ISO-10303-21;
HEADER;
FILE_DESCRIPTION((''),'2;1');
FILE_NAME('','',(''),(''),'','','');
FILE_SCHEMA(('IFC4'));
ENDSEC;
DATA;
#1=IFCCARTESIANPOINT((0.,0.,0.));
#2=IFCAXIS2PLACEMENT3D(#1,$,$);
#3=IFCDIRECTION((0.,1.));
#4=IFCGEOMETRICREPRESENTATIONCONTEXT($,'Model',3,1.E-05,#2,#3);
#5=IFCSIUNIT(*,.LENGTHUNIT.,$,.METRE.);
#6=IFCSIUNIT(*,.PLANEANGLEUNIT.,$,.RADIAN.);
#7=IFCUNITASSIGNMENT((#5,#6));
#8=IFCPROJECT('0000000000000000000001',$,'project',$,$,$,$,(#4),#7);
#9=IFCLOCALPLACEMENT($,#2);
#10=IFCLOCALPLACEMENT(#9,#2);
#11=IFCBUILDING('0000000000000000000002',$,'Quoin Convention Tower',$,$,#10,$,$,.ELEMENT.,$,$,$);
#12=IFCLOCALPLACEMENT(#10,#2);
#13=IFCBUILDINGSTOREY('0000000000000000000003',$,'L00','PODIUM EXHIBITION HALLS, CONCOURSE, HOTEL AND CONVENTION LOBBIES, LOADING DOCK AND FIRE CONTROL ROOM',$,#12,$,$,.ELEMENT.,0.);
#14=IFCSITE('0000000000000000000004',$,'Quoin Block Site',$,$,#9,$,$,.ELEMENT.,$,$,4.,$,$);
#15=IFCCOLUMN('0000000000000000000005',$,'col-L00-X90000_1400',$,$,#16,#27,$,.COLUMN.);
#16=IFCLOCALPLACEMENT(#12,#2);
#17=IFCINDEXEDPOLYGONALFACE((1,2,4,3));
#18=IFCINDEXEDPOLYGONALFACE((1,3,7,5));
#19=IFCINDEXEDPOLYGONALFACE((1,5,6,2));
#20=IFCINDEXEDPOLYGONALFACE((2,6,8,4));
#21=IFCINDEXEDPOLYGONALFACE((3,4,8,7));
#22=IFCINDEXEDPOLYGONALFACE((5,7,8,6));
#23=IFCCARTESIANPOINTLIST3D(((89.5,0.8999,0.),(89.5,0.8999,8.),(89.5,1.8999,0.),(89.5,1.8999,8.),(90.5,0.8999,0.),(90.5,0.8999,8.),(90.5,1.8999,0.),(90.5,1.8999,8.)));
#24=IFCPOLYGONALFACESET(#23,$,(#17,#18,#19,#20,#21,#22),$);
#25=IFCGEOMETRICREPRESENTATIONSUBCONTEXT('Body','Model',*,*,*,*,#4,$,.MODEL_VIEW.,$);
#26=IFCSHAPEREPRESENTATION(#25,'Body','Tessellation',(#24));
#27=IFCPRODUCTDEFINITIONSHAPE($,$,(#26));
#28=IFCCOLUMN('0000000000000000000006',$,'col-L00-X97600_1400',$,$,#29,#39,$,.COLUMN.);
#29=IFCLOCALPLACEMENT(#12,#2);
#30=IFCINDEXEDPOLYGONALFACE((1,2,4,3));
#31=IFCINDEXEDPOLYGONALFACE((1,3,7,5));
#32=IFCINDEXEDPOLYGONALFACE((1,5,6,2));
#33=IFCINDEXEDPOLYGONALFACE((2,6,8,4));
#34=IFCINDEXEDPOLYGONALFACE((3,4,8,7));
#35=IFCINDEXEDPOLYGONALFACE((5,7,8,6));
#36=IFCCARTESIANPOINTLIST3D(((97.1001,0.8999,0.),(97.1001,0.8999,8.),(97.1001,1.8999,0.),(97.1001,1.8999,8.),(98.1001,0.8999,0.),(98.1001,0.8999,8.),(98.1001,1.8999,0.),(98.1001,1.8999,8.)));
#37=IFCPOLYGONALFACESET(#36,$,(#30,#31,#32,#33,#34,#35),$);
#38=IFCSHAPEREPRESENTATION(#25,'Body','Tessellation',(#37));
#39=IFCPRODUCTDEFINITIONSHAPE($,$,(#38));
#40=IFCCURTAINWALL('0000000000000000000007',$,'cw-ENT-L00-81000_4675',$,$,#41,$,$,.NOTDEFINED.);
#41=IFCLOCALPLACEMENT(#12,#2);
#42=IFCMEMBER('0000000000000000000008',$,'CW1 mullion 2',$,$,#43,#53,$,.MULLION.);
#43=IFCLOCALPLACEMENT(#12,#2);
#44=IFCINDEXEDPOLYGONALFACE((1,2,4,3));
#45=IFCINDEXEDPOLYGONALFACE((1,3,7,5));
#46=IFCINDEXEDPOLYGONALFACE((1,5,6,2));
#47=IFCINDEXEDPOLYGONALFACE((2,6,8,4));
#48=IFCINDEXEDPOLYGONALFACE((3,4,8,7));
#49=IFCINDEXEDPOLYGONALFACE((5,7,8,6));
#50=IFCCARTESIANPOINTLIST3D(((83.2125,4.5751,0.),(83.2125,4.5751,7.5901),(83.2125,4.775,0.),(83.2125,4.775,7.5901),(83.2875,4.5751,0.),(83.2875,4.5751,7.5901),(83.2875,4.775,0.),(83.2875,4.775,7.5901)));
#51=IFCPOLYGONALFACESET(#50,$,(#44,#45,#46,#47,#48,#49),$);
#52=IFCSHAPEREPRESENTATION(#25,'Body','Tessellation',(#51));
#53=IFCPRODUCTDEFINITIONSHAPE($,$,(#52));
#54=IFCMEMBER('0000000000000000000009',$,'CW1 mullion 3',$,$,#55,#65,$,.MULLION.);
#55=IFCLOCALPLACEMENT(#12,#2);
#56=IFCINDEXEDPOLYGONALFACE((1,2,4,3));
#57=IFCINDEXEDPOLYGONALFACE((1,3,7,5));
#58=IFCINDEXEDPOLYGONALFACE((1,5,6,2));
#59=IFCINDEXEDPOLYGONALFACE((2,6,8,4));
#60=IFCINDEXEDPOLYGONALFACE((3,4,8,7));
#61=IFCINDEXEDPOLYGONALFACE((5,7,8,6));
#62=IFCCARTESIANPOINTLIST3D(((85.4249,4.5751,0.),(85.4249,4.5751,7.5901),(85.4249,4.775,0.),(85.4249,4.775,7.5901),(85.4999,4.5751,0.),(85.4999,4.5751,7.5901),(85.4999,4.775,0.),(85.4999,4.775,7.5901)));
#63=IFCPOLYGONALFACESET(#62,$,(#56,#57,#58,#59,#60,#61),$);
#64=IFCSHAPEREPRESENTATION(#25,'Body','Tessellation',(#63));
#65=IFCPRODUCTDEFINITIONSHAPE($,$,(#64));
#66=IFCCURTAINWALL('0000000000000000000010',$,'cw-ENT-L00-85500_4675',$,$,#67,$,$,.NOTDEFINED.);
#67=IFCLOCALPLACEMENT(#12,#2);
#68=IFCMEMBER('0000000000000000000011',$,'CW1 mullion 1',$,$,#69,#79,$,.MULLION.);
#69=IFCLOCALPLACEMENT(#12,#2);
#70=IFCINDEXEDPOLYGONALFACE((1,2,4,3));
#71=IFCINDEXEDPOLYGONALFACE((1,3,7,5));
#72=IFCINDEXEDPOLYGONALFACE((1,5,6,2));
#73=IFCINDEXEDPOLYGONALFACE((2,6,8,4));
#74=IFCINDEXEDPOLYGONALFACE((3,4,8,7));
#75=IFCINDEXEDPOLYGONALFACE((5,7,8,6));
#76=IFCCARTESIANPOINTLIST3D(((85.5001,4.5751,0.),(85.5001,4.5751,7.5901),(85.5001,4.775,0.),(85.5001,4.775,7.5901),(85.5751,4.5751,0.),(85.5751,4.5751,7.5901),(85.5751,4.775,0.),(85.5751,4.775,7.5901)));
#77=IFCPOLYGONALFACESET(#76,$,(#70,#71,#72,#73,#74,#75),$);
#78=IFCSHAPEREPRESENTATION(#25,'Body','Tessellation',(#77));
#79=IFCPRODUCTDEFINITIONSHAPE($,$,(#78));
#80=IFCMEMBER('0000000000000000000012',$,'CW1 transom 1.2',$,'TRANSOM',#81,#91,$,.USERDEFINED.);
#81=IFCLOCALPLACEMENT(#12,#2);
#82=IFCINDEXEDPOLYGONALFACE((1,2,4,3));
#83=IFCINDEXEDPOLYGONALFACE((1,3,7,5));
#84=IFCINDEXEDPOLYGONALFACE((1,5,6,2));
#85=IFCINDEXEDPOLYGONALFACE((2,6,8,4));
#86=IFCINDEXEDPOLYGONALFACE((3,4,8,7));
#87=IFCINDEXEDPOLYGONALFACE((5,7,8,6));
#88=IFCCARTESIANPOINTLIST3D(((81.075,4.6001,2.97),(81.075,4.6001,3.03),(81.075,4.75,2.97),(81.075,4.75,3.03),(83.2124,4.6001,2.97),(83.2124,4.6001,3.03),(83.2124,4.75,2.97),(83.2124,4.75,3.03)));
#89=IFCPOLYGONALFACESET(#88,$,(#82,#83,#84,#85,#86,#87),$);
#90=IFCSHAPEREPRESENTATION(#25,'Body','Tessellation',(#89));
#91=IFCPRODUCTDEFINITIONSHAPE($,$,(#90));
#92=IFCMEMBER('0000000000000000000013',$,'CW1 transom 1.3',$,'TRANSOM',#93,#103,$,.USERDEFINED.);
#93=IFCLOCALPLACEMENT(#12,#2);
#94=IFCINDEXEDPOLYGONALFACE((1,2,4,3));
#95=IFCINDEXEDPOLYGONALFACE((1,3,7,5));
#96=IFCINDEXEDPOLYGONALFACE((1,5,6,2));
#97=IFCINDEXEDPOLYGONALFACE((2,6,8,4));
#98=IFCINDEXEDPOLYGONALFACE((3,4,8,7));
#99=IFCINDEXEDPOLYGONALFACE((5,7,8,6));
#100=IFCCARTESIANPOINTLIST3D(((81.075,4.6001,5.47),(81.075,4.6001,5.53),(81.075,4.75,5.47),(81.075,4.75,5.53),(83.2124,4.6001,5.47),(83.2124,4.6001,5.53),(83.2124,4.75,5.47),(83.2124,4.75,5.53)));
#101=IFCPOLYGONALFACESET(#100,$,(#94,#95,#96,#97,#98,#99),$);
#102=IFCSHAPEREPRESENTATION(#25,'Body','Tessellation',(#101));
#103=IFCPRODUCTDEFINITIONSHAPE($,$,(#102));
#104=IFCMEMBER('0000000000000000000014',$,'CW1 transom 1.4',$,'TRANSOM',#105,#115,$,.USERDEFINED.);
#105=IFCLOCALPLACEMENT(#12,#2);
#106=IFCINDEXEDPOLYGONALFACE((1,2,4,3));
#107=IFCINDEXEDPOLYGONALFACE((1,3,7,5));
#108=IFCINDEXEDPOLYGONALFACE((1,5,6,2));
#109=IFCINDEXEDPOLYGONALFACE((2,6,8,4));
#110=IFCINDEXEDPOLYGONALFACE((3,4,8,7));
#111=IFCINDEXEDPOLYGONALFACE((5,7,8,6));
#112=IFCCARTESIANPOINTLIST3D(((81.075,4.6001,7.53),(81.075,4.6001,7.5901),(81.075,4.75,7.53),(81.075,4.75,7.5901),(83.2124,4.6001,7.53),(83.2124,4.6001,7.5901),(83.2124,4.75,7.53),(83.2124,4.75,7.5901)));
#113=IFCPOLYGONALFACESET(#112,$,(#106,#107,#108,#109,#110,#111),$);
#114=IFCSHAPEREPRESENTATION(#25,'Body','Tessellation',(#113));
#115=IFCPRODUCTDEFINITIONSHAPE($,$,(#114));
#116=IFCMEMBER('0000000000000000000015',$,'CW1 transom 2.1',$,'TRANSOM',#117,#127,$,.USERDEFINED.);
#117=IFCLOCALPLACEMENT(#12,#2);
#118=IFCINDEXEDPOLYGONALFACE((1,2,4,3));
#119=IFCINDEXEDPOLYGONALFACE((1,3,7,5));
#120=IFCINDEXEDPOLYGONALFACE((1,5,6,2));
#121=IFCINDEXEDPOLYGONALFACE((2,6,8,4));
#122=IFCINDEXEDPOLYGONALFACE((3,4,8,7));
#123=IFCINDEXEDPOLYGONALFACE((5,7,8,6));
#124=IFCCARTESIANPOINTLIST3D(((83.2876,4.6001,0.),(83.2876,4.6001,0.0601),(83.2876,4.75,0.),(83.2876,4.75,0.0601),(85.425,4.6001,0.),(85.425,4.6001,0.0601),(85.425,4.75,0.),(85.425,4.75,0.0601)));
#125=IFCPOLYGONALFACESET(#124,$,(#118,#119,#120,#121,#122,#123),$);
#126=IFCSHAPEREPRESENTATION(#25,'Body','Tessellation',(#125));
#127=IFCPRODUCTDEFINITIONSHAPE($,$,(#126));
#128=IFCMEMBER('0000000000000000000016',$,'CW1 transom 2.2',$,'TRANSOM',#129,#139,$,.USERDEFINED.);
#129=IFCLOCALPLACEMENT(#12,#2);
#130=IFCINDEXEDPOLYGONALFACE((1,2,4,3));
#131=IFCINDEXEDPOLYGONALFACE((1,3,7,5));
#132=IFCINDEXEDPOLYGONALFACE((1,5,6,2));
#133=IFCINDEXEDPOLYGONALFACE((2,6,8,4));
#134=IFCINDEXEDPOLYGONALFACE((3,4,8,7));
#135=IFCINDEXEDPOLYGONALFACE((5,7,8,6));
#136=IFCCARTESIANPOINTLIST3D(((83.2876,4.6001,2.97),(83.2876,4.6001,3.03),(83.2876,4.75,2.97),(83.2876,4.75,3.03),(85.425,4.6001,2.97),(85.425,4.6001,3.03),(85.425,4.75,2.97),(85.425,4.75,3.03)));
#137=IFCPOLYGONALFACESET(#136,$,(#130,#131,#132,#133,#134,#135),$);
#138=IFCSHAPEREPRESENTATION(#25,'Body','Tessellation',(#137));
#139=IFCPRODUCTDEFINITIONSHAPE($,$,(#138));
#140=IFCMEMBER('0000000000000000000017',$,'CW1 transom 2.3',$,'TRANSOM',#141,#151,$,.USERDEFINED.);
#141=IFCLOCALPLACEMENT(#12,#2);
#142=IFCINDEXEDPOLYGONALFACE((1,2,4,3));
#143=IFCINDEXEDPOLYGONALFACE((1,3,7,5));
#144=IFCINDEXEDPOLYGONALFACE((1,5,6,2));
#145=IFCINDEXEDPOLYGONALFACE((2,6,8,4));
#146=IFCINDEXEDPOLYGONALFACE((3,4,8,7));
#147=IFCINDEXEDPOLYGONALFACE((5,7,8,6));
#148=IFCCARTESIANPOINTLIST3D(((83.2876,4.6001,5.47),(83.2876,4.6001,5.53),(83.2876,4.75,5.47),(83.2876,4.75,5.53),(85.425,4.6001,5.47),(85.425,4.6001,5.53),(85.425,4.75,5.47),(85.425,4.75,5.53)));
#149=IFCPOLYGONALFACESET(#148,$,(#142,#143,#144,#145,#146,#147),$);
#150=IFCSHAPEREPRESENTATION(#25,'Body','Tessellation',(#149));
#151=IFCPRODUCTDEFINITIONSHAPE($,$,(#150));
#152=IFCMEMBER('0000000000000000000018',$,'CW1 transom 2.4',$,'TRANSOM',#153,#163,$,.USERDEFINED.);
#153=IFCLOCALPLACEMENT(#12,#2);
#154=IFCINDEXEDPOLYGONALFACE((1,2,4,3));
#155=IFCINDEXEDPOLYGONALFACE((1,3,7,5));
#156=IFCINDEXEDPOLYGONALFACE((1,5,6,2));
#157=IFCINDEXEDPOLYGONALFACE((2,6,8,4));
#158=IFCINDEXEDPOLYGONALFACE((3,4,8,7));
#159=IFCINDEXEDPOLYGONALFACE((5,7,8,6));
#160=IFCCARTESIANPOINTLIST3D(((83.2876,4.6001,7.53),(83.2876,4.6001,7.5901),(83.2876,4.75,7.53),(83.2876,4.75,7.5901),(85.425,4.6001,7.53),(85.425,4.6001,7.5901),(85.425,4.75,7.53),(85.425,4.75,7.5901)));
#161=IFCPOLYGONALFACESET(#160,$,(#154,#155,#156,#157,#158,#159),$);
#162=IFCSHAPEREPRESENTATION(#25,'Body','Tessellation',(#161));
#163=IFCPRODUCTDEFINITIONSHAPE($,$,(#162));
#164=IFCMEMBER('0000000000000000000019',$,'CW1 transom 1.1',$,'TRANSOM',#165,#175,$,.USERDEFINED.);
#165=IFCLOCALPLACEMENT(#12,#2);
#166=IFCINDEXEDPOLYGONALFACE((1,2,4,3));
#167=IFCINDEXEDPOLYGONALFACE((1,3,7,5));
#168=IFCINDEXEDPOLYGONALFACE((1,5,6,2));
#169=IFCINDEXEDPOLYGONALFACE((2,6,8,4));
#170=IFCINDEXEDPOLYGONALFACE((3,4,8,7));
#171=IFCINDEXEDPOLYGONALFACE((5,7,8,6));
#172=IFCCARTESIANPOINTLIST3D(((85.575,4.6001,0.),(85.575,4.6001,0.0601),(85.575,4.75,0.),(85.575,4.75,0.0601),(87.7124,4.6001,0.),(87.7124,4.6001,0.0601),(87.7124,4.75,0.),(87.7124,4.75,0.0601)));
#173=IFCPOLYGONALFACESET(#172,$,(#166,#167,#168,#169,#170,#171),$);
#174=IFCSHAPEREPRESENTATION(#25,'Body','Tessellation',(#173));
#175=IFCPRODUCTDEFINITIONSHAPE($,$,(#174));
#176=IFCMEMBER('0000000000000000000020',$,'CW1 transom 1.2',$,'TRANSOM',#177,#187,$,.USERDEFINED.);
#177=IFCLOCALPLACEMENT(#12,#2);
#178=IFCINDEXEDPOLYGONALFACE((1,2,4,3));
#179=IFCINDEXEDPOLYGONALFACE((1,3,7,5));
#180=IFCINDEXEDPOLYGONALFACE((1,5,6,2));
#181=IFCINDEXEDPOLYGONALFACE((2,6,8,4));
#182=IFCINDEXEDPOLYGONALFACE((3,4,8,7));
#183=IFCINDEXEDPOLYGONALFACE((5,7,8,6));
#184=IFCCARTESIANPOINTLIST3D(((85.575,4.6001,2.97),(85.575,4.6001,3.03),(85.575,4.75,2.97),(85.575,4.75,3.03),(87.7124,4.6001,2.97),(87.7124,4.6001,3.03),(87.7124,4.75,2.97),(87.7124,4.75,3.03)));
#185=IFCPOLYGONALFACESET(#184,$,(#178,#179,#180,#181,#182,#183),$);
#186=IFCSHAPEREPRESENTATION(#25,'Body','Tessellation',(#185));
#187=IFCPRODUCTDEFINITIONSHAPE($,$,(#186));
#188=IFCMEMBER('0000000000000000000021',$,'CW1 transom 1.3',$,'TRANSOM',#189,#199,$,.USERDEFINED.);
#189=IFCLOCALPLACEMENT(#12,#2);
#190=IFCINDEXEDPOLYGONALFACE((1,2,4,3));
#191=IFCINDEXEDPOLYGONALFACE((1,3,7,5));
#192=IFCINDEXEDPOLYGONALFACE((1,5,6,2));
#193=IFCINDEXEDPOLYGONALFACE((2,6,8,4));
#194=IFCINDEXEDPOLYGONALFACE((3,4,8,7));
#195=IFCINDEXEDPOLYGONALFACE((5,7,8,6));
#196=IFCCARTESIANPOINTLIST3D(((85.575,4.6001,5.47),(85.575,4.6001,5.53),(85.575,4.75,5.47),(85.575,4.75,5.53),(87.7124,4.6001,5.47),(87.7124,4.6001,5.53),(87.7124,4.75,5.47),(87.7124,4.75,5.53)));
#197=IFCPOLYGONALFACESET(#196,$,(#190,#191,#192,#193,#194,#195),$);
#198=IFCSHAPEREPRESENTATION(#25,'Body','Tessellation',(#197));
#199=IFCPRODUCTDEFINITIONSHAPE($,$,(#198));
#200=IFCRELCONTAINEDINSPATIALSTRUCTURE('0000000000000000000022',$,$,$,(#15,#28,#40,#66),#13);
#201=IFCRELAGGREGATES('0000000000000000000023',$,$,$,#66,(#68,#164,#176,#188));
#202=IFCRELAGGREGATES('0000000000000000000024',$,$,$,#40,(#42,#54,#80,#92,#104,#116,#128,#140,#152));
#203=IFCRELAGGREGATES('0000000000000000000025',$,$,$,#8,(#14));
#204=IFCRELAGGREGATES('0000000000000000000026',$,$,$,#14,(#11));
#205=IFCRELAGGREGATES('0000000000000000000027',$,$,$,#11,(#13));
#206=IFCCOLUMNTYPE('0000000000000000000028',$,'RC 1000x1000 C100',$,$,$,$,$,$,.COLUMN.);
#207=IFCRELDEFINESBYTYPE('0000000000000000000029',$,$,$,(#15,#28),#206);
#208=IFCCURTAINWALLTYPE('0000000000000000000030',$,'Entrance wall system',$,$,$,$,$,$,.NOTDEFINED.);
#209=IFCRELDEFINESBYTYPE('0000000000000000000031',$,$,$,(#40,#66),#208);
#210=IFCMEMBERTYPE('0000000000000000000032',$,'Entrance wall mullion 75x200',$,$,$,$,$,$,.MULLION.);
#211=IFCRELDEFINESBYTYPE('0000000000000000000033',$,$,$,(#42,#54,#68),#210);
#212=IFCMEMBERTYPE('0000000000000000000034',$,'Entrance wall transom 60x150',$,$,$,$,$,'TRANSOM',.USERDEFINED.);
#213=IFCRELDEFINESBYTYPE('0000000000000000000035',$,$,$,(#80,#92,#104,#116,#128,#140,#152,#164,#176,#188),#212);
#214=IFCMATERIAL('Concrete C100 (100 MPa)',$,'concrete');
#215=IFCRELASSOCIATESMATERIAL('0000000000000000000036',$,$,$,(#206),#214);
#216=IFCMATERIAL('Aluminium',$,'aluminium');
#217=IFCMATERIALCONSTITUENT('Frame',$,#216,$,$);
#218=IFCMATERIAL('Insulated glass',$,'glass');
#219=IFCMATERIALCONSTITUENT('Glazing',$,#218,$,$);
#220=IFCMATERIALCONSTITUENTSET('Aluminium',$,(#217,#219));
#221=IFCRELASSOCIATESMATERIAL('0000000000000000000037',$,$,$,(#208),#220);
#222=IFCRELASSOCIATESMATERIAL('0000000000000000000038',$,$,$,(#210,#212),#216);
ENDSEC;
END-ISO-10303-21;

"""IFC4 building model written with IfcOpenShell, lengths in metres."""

from ifc_helpers import new_model, si_unit, direction, frame, origin, origin_2d, place, context, subcontext, project, spatial, rectangle, extrude, material, constituent, constituent_set, material_profile, profile_set, type_object, element, aggregate, save


model = new_model("IFC4")

# Units and contexts
model_context = context("Model", 3, precision=1e-05, world=origin(), true_north=direction((0.0, 1.0)))
body_context = subcontext(model_context, "Body", "Model", "MODEL_VIEW")
ifc_project = project(units=[si_unit("LENGTHUNIT", "METRE"), si_unit("PLANEANGLEUNIT", "RADIAN")], contexts=[model_context])

# Site, building, storey
site_placement = place(None, origin())
site = spatial("IfcSite", under=ifc_project, at=site_placement, Name="Quoin Block Site", CompositionType="ELEMENT", RefElevation=4.0)
building_placement = place(site_placement, origin())
building = spatial("IfcBuilding", under=site, at=building_placement, Name="Quoin Convention Tower", CompositionType="ELEMENT")
storey_placement = place(building_placement, origin())
storey = spatial("IfcBuildingStorey", under=building, at=storey_placement, Name="L00", Description="PODIUM EXHIBITION HALLS, CONCOURSE, HOTEL AND CONVENTION LOBBIES, LOADING DOCK AND FIRE CONTROL ROOM", CompositionType="ELEMENT", Elevation=0.0)

# Columns
ifc_material_1 = material(Name="Concrete C100 (100 MPa)", Category="concrete")
ifc_material_profile_1 = material_profile(ifc_material_1, rectangle(XDim=1.0, YDim=1.0, at=origin_2d()), Name="RC 1000x1000")
ifc_profile_set_1 = profile_set([ifc_material_profile_1], Name="Concrete C100 (100 MPa)")
column_type = type_object("IfcColumnType", Name="RC 1000x1000 C100", PredefinedType="COLUMN", material=ifc_profile_set_1)
for number, where, z_axis, x_axis, name in (
    (1, (90.0, 1.3999, 0.0), (0.0, 0.0, 1.0), (1.0, 0.0, 0.0), "col-L00-X90000_1400"),
    (2, (97.6001, 1.3999, 0.0), (0.0, 0.0, 1.0), (1.0, 0.0, 0.0), "col-L00-X97600_1400"),
):
    element("IfcColumn", number, at=place(storey_placement, frame(where, z_axis=z_axis, x_axis=x_axis)), inside=storey, type_object=column_type, Name=name, PredefinedType="COLUMN", context=body_context, shape_type="SweptSolid", body=[
        extrude(rectangle(XDim=1.0, YDim=1.0, at=origin_2d()), origin(), (0.0, 0.0, 1.0), 8.0),
    ])

# Curtain wall, members
ifc_material_2 = material(Name="Aluminium", Category="aluminium")
ifc_constituent_1 = constituent(ifc_material_2, Name="Frame")
ifc_material_3 = material(Name="Insulated glass", Category="glass")
ifc_constituent_2 = constituent(ifc_material_3, Name="Glazing")
ifc_constituent_set = constituent_set(constituents=[ifc_constituent_1, ifc_constituent_2], Name="Aluminium")
curtain_wall_type = type_object("IfcCurtainWallType", Name="Entrance wall system", PredefinedType="NOTDEFINED", material=ifc_constituent_set)
curtain_wall_1_placement = place(storey_placement, origin())
curtain_wall_1 = element("IfcCurtainWall", 3, at=curtain_wall_1_placement, inside=storey, type_object=curtain_wall_type, Name="cw-ENT-L00-81000_4675", PredefinedType="NOTDEFINED")
ifc_material_profile_2 = material_profile(ifc_material_2, rectangle(XDim=0.2, YDim=0.075, at=origin_2d()), Name="Entrance wall mullion 75x200")
ifc_profile_set_2 = profile_set([ifc_material_profile_2], Name="Aluminium")
member_type_1 = type_object("IfcMemberType", Name="Entrance wall mullion 75x200", PredefinedType="MULLION", material=ifc_profile_set_2)
member_1_placement = place(storey_placement, frame((83.25, 4.675, 0.0), z_axis=(0.0, 0.0, 1.0), x_axis=(0.0, 1.0, 0.0)))
member_1 = element("IfcMember", 4, at=member_1_placement, type_object=member_type_1, Name="CW1 mullion 2", PredefinedType="MULLION", context=body_context, shape_type="SweptSolid", body=[
    extrude(rectangle(XDim=0.2, YDim=0.075, at=origin_2d()), origin(), (0.0, 0.0, 1.0), 7.5901),
])
member_2_placement = place(storey_placement, frame((85.4624, 4.675, 0.0), z_axis=(0.0, 0.0, 1.0), x_axis=(0.0, 1.0, 0.0)))
member_2 = element("IfcMember", 5, at=member_2_placement, type_object=member_type_1, Name="CW1 mullion 3", PredefinedType="MULLION", context=body_context, shape_type="SweptSolid", body=[
    extrude(rectangle(XDim=0.2, YDim=0.075, at=origin_2d()), origin(), (0.0, 0.0, 1.0), 7.5901),
])

# Curtain wall, member
curtain_wall_2_placement = place(storey_placement, origin())
curtain_wall_2 = element("IfcCurtainWall", 6, at=curtain_wall_2_placement, inside=storey, type_object=curtain_wall_type, Name="cw-ENT-L00-85500_4675", PredefinedType="NOTDEFINED")
member_3_placement = place(storey_placement, frame((85.5376, 4.675, 0.0), z_axis=(0.0, 0.0, 1.0), x_axis=(0.0, 1.0, 0.0)))
member_3 = element("IfcMember", 7, at=member_3_placement, type_object=member_type_1, Name="CW1 mullion 1", PredefinedType="MULLION", context=body_context, shape_type="SweptSolid", body=[
    extrude(rectangle(XDim=0.2, YDim=0.075, at=origin_2d()), origin(), (0.0, 0.0, 1.0), 7.5901),
])

# Members
ifc_material_profile_3 = material_profile(ifc_material_2, rectangle(XDim=0.1499, YDim=0.0601, at=origin_2d()), Name="Entrance wall transom 60x150")
ifc_profile_set_3 = profile_set([ifc_material_profile_3], Name="Aluminium")
member_type_2 = type_object("IfcMemberType", Name="Entrance wall transom 60x150", ElementType="TRANSOM", PredefinedType="USERDEFINED", material=ifc_profile_set_3)
member_4_placement = place(storey_placement, frame((81.075, 4.675, 3.0), z_axis=(1.0, 0.0, 0.0), x_axis=(0.0, 1.0, 0.0)))
member_4 = element("IfcMember", 8, at=member_4_placement, type_object=member_type_2, Name="CW1 transom 1.2", ObjectType="TRANSOM", PredefinedType="USERDEFINED", context=body_context, shape_type="SweptSolid", body=[
    extrude(rectangle(XDim=0.1499, YDim=0.0601, at=origin_2d()), origin(), (0.0, 0.0, 1.0), 2.1375),
])
member_5_placement = place(storey_placement, frame((81.075, 4.675, 5.5), z_axis=(1.0, 0.0, 0.0), x_axis=(0.0, 1.0, 0.0)))
member_5 = element("IfcMember", 9, at=member_5_placement, type_object=member_type_2, Name="CW1 transom 1.3", ObjectType="TRANSOM", PredefinedType="USERDEFINED", context=body_context, shape_type="SweptSolid", body=[
    extrude(rectangle(XDim=0.1499, YDim=0.0601, at=origin_2d()), origin(), (0.0, 0.0, 1.0), 2.1375),
])
member_6_placement = place(storey_placement, frame((81.075, 4.675, 7.5601), z_axis=(1.0, 0.0, 0.0), x_axis=(0.0, 1.0, 0.0)))
member_6 = element("IfcMember", 10, at=member_6_placement, type_object=member_type_2, Name="CW1 transom 1.4", ObjectType="TRANSOM", PredefinedType="USERDEFINED", context=body_context, shape_type="SweptSolid", body=[
    extrude(rectangle(XDim=0.1499, YDim=0.0601, at=origin_2d()), origin(), (0.0, 0.0, 1.0), 2.1375),
])
member_7_placement = place(storey_placement, frame((83.2876, 4.675, 0.03), z_axis=(1.0, 0.0, 0.0), x_axis=(0.0, 1.0, 0.0)))
member_7 = element("IfcMember", 11, at=member_7_placement, type_object=member_type_2, Name="CW1 transom 2.1", ObjectType="TRANSOM", PredefinedType="USERDEFINED", context=body_context, shape_type="SweptSolid", body=[
    extrude(rectangle(XDim=0.1499, YDim=0.0601, at=origin_2d()), origin(), (0.0, 0.0, 1.0), 2.1375),
])
member_8_placement = place(storey_placement, frame((83.2876, 4.675, 3.0), z_axis=(1.0, 0.0, 0.0), x_axis=(0.0, 1.0, 0.0)))
member_8 = element("IfcMember", 12, at=member_8_placement, type_object=member_type_2, Name="CW1 transom 2.2", ObjectType="TRANSOM", PredefinedType="USERDEFINED", context=body_context, shape_type="SweptSolid", body=[
    extrude(rectangle(XDim=0.1499, YDim=0.0601, at=origin_2d()), origin(), (0.0, 0.0, 1.0), 2.1375),
])
member_9_placement = place(storey_placement, frame((83.2876, 4.675, 5.5), z_axis=(1.0, 0.0, 0.0), x_axis=(0.0, 1.0, 0.0)))
member_9 = element("IfcMember", 13, at=member_9_placement, type_object=member_type_2, Name="CW1 transom 2.3", ObjectType="TRANSOM", PredefinedType="USERDEFINED", context=body_context, shape_type="SweptSolid", body=[
    extrude(rectangle(XDim=0.1499, YDim=0.0601, at=origin_2d()), origin(), (0.0, 0.0, 1.0), 2.1375),
])
member_10_placement = place(storey_placement, frame((83.2876, 4.675, 7.5601), z_axis=(1.0, 0.0, 0.0), x_axis=(0.0, 1.0, 0.0)))
member_10 = element("IfcMember", 14, at=member_10_placement, type_object=member_type_2, Name="CW1 transom 2.4", ObjectType="TRANSOM", PredefinedType="USERDEFINED", context=body_context, shape_type="SweptSolid", body=[
    extrude(rectangle(XDim=0.1499, YDim=0.0601, at=origin_2d()), origin(), (0.0, 0.0, 1.0), 2.1375),
])
member_11_placement = place(storey_placement, frame((85.575, 4.675, 0.03), z_axis=(1.0, 0.0, 0.0), x_axis=(0.0, 1.0, 0.0)))
member_11 = element("IfcMember", 15, at=member_11_placement, type_object=member_type_2, Name="CW1 transom 1.1", ObjectType="TRANSOM", PredefinedType="USERDEFINED", context=body_context, shape_type="SweptSolid", body=[
    extrude(rectangle(XDim=0.1499, YDim=0.0601, at=origin_2d()), origin(), (0.0, 0.0, 1.0), 2.1375),
])
member_12_placement = place(storey_placement, frame((85.575, 4.675, 3.0), z_axis=(1.0, 0.0, 0.0), x_axis=(0.0, 1.0, 0.0)))
member_12 = element("IfcMember", 16, at=member_12_placement, type_object=member_type_2, Name="CW1 transom 1.2", ObjectType="TRANSOM", PredefinedType="USERDEFINED", context=body_context, shape_type="SweptSolid", body=[
    extrude(rectangle(XDim=0.1499, YDim=0.0601, at=origin_2d()), origin(), (0.0, 0.0, 1.0), 2.1375),
])
member_13_placement = place(storey_placement, frame((85.575, 4.675, 5.5), z_axis=(1.0, 0.0, 0.0), x_axis=(0.0, 1.0, 0.0)))
member_13 = element("IfcMember", 17, at=member_13_placement, type_object=member_type_2, Name="CW1 transom 1.3", ObjectType="TRANSOM", PredefinedType="USERDEFINED", context=body_context, shape_type="SweptSolid", body=[
    extrude(rectangle(XDim=0.1499, YDim=0.0601, at=origin_2d()), origin(), (0.0, 0.0, 1.0), 2.1375),
])
aggregate(curtain_wall_2, [member_3, member_11, member_12, member_13])

aggregate(curtain_wall_1, [member_1, member_2, member_4, member_5, member_6, member_7, member_8, member_9, member_10])

save(model, "model.ifc")
